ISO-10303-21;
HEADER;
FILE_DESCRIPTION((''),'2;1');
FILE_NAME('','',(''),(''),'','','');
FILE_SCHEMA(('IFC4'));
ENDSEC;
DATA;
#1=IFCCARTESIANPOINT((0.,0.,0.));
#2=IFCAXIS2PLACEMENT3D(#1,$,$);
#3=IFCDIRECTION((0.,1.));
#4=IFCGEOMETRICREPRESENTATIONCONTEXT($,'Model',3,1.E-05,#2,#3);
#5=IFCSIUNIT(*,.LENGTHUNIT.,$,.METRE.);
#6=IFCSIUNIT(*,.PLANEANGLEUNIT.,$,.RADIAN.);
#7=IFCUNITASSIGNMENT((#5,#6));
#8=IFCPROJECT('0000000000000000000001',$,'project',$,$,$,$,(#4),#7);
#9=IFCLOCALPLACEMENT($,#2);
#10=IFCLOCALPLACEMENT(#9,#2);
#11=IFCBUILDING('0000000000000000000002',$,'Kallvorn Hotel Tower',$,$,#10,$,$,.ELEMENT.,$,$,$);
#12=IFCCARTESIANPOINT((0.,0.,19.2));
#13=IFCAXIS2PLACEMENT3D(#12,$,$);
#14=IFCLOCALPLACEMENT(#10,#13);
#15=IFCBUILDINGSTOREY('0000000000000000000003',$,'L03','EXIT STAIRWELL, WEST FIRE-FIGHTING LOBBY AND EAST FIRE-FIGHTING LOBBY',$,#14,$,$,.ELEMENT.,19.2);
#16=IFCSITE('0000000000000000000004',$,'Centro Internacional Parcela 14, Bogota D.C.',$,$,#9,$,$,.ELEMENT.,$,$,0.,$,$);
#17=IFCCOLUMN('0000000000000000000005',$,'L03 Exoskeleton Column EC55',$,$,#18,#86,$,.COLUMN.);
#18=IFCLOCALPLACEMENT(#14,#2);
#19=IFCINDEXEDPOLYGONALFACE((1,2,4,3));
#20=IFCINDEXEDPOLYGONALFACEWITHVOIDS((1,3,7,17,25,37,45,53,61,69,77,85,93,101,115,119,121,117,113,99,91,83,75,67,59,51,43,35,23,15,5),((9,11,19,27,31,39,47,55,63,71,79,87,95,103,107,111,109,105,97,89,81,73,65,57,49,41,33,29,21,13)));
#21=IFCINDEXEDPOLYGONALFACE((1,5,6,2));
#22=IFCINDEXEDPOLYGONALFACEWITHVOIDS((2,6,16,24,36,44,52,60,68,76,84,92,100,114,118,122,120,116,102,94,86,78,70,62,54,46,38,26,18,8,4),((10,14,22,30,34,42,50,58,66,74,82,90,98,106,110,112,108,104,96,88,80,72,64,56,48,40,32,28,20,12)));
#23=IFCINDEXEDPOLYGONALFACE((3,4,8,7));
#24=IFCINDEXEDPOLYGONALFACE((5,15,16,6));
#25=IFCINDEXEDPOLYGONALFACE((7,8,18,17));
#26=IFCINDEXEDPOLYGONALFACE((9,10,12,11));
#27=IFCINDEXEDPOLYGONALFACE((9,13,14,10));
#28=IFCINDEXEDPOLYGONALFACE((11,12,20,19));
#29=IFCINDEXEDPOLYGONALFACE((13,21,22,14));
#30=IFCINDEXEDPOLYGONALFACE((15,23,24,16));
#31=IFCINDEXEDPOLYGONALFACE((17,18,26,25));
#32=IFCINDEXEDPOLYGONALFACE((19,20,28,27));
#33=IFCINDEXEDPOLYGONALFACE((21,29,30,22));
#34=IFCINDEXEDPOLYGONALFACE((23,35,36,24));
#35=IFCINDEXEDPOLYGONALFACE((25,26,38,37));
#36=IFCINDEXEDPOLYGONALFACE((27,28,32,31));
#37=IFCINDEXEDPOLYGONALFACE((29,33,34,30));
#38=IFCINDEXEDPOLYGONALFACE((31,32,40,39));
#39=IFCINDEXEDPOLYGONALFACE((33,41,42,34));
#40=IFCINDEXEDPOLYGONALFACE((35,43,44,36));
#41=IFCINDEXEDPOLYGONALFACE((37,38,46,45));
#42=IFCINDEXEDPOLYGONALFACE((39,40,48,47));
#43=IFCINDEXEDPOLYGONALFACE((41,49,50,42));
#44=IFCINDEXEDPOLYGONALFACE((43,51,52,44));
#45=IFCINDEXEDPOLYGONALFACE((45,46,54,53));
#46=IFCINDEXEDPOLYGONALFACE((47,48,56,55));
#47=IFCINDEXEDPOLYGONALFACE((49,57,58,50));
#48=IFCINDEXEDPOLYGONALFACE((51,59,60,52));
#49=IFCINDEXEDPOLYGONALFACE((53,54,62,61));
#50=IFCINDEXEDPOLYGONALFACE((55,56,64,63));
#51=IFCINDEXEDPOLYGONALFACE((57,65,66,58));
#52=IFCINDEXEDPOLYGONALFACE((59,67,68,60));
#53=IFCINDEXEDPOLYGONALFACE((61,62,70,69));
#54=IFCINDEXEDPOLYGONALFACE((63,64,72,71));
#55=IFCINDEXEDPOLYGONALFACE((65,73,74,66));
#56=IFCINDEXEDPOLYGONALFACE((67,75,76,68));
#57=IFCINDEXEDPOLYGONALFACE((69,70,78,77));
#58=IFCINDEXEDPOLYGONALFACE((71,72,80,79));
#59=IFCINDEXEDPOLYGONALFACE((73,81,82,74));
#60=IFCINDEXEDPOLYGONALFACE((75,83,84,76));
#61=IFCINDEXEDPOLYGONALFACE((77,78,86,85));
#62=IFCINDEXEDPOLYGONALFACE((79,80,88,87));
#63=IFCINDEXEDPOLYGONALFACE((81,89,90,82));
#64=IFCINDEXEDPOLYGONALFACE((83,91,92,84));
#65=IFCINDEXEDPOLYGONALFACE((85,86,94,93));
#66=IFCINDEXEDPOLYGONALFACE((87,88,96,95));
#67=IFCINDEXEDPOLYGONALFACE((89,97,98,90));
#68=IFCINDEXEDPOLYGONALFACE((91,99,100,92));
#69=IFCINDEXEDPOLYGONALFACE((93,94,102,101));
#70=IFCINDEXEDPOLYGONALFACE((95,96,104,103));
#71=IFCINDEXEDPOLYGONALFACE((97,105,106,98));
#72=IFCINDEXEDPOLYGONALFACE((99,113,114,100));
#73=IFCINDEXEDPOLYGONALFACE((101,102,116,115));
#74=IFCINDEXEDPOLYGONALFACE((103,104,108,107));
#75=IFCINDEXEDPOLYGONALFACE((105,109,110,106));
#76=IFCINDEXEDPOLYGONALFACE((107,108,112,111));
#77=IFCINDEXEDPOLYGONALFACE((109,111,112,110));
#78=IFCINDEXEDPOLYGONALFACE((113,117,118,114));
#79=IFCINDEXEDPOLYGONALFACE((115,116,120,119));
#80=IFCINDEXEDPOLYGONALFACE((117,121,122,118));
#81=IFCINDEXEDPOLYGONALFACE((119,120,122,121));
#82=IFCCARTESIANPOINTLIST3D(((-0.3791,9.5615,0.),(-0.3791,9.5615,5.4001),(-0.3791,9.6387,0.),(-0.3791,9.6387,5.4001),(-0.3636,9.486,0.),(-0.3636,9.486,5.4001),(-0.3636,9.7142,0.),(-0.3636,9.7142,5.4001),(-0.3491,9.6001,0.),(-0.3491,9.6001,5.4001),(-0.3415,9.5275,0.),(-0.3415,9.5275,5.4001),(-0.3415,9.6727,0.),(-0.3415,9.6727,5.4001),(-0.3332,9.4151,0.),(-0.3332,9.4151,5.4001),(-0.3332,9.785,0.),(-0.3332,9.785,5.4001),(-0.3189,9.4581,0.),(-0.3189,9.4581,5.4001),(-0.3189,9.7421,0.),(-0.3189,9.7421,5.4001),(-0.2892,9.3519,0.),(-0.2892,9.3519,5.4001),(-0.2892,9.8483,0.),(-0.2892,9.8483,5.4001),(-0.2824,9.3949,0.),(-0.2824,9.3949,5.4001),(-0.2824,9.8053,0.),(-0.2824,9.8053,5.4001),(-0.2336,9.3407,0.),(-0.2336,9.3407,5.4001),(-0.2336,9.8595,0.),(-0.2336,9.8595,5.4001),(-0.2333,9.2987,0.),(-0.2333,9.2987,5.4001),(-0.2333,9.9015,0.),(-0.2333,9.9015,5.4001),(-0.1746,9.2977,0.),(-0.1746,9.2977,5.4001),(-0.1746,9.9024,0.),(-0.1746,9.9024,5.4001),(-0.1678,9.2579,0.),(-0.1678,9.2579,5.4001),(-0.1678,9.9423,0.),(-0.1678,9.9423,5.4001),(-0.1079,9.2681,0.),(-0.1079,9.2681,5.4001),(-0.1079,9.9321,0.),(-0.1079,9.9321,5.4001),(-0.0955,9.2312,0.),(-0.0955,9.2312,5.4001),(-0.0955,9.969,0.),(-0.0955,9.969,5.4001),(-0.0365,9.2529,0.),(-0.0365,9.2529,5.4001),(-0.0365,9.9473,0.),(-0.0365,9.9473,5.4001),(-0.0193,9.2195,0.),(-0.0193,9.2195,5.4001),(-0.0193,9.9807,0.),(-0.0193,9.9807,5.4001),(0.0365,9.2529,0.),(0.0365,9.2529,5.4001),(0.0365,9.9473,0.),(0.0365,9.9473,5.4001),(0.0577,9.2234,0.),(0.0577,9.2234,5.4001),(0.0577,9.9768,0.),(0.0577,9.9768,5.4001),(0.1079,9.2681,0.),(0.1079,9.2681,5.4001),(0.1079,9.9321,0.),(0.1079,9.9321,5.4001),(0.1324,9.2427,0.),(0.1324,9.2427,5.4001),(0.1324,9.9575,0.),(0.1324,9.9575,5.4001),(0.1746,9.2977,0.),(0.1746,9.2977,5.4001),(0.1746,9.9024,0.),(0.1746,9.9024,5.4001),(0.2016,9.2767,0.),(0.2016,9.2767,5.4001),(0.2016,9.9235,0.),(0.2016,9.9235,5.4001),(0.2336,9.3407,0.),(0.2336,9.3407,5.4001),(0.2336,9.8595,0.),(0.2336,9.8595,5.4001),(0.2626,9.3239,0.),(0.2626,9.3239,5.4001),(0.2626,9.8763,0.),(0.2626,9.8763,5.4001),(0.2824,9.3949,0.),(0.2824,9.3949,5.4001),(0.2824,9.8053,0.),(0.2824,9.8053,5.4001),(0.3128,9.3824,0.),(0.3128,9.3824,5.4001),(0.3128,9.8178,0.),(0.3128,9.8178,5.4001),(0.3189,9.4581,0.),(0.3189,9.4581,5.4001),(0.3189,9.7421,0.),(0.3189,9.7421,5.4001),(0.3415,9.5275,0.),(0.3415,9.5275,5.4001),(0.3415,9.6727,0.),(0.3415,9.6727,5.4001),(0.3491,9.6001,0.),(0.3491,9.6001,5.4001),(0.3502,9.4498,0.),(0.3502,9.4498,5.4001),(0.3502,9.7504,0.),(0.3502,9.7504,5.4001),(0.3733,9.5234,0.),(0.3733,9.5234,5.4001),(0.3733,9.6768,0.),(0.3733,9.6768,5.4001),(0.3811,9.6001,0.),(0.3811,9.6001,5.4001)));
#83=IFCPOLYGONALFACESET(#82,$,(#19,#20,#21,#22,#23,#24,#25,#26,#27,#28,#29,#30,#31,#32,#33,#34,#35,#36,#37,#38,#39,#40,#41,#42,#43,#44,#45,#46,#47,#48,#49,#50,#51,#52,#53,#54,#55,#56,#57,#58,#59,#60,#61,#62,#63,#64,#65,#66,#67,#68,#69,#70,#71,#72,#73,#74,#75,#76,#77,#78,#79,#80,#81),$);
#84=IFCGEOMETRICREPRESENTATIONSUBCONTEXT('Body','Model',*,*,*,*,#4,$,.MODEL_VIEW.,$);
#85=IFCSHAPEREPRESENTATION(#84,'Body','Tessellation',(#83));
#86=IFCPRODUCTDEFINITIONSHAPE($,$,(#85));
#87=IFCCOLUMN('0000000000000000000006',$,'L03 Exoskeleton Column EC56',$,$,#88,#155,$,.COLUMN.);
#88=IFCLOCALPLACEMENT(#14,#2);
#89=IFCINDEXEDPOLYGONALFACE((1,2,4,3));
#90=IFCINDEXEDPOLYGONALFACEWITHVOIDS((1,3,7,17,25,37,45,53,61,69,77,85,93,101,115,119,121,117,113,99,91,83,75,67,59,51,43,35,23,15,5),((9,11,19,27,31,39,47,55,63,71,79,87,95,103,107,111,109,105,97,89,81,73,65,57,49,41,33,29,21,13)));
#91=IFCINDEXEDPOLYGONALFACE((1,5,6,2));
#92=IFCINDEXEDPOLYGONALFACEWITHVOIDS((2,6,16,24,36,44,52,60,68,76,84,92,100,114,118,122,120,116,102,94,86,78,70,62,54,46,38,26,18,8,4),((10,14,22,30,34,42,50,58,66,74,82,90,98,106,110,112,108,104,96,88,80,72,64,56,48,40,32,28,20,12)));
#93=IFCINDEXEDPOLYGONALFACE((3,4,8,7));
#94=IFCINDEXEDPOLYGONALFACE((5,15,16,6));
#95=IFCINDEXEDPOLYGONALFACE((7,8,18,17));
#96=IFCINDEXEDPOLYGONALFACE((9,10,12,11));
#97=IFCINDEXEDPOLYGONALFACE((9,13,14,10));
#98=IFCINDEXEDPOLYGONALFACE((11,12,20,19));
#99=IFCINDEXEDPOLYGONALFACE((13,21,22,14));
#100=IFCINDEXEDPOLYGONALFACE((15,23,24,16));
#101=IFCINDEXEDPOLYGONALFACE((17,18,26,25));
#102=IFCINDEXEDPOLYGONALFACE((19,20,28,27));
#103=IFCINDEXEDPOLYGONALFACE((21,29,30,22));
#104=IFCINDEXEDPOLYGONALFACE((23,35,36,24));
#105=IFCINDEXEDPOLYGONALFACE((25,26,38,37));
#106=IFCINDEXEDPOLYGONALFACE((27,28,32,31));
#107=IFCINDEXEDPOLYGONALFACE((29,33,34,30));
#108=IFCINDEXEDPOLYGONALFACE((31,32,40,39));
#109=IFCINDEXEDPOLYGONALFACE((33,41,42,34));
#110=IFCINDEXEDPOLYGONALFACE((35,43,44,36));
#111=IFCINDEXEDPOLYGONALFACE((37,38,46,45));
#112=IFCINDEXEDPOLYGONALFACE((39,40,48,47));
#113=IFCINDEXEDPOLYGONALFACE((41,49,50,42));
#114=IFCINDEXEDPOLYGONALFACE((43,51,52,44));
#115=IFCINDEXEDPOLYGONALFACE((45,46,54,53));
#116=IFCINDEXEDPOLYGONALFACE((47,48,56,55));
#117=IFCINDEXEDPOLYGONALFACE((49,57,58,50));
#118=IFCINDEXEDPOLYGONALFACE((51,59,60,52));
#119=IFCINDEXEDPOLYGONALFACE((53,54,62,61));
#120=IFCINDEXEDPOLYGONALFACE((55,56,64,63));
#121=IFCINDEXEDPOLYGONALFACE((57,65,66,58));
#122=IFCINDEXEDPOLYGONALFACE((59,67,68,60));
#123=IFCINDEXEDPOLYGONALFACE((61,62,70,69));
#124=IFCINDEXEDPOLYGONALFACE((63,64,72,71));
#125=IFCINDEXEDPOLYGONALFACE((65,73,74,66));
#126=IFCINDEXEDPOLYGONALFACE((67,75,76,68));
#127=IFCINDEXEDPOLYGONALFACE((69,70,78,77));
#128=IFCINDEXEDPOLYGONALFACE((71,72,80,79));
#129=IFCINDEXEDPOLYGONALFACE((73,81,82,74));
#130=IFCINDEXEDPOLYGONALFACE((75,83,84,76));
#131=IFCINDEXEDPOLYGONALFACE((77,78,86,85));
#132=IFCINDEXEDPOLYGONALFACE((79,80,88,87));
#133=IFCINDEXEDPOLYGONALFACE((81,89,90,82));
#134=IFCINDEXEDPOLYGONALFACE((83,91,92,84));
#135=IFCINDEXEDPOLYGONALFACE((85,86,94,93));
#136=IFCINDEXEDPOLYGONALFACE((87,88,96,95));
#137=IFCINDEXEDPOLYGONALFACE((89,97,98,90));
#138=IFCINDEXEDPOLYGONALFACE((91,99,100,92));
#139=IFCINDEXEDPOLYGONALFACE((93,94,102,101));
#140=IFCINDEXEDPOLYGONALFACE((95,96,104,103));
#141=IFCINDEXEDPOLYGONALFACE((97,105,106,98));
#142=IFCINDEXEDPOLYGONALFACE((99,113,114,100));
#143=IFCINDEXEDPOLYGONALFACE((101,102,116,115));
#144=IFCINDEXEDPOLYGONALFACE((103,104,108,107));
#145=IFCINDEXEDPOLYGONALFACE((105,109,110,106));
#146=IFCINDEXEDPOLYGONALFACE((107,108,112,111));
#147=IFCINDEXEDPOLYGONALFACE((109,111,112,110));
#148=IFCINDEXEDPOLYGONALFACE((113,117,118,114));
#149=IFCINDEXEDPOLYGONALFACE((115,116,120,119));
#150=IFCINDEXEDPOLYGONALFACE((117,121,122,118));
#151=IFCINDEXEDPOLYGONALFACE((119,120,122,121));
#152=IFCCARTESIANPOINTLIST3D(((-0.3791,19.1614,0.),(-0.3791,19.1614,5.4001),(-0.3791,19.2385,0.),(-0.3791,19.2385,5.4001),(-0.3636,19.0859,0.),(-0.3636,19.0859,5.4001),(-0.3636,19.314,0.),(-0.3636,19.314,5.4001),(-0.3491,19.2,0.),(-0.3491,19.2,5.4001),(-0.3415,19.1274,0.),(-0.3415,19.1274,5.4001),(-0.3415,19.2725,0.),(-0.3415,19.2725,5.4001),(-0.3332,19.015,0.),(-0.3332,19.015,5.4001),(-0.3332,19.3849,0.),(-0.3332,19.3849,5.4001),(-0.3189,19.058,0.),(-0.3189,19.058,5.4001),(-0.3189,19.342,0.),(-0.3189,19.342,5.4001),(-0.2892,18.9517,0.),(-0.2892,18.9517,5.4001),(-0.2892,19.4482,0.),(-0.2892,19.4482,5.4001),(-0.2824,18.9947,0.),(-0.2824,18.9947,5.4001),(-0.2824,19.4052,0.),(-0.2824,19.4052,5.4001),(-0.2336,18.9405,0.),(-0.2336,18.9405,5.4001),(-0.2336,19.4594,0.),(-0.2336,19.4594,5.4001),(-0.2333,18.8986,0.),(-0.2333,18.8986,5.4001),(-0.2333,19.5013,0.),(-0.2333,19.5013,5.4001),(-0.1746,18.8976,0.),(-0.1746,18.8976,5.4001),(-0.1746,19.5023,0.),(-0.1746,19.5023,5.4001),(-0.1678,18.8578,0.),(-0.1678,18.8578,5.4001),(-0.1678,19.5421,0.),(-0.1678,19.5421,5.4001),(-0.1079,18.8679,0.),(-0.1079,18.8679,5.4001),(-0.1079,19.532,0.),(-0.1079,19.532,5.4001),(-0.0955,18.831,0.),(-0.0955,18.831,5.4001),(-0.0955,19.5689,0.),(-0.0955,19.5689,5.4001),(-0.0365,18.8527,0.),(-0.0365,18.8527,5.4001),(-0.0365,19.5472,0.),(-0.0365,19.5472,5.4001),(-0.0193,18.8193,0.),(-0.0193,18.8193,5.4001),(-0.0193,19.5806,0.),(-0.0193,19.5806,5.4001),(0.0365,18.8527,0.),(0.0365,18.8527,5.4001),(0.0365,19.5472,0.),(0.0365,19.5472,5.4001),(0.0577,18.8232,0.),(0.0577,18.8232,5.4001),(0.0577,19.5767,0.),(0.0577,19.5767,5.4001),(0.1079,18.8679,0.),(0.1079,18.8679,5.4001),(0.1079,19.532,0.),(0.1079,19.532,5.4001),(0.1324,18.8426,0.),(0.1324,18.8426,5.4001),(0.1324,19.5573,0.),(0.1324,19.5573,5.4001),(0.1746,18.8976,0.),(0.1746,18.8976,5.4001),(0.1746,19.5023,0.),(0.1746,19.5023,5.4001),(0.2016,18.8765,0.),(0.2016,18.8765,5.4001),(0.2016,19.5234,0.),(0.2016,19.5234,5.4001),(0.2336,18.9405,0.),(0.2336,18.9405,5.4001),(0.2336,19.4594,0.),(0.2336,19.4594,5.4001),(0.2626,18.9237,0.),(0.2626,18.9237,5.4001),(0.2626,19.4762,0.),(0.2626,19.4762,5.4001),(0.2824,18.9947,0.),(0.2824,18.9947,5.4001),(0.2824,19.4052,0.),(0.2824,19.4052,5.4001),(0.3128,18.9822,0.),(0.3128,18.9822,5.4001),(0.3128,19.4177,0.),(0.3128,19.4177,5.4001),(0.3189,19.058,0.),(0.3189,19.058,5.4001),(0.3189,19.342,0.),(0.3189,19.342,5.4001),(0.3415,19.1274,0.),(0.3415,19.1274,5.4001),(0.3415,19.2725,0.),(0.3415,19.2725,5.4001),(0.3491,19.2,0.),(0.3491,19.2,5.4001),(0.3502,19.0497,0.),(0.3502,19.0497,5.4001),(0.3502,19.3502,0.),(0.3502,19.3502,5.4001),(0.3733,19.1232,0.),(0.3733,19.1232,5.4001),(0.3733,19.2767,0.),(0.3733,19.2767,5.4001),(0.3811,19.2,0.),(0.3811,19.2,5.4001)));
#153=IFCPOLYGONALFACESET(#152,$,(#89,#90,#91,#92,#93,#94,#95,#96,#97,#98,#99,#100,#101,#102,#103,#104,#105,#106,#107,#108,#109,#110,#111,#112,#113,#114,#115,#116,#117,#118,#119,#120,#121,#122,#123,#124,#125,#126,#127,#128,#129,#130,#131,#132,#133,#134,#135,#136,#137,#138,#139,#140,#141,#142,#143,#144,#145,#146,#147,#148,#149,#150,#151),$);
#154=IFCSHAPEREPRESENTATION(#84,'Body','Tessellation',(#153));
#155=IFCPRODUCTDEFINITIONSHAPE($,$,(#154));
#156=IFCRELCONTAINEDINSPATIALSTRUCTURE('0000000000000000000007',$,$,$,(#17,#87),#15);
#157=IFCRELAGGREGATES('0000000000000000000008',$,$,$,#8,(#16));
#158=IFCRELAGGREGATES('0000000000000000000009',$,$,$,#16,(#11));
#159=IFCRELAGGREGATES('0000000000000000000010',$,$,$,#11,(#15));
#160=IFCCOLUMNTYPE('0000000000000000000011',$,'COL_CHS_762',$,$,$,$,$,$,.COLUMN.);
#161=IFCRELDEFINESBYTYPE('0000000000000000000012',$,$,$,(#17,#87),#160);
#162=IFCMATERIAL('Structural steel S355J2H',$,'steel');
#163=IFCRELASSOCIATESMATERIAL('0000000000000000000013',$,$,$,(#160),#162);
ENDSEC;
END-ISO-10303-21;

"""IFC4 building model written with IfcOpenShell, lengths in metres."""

from ifc_helpers import new_model, si_unit, direction, frame, origin, origin_2d, place, context, subcontext, project, spatial, hollow_circle, extrude, material, material_profile, profile_set, type_object, element, save


model = new_model("IFC4")

# Units and contexts
model_context = context("Model", 3, precision=1e-05, world=origin(), true_north=direction((0.0, 1.0)))
body_context = subcontext(model_context, "Body", "Model", "MODEL_VIEW")
ifc_project = project(units=[si_unit("LENGTHUNIT", "METRE"), si_unit("PLANEANGLEUNIT", "RADIAN")], contexts=[model_context])

# Site, building, storey
site_placement = place(None, origin())
site = spatial("IfcSite", under=ifc_project, at=site_placement, Name="Centro Internacional Parcela 14, Bogota D.C.", CompositionType="ELEMENT", RefElevation=0.0)
building_placement = place(site_placement, origin())
building = spatial("IfcBuilding", under=site, at=building_placement, Name="Kallvorn Hotel Tower", CompositionType="ELEMENT")
storey_placement = place(building_placement, frame((0.0, 0.0, 19.2)))
storey = spatial("IfcBuildingStorey", under=building, at=storey_placement, Name="L03", Description="EXIT STAIRWELL, WEST FIRE-FIGHTING LOBBY AND EAST FIRE-FIGHTING LOBBY", CompositionType="ELEMENT", Elevation=19.2)

# Columns
ifc_material_1 = material(Name="Structural steel S355J2H", Category="steel")
ifc_material_profile_1 = material_profile(ifc_material_1, hollow_circle(Radius=0.3811, WallThickness=0.032, at=origin_2d()), Name="CHS 762x32")
ifc_profile_set_1 = profile_set([ifc_material_profile_1], Name="Structural steel S355J2H")
column_type_1 = type_object("IfcColumnType", Name="COL_CHS_762", PredefinedType="COLUMN", material=ifc_profile_set_1)
for number, where, z_axis, x_axis, name in (
    (1, (0.0, 9.6001, 0.0), (0.0, 0.0, 1.0), (1.0, 0.0, 0.0), "L03 Exoskeleton Column EC55"),
    (2, (0.0, 19.2, 0.0), (0.0, 0.0, 1.0), (1.0, 0.0, 0.0), "L03 Exoskeleton Column EC56"),
):
    element("IfcColumn", number, at=place(storey_placement, frame(where, z_axis=z_axis, x_axis=x_axis)), inside=storey, type_object=column_type_1, Name=name, PredefinedType="COLUMN", context=body_context, shape_type="SweptSolid", body=[
        extrude(hollow_circle(Radius=0.3811, WallThickness=0.032, at=origin_2d()), origin(), (0.0, 0.0, 1.0), 5.4001),
    ])

save(model, "model.ifc")
